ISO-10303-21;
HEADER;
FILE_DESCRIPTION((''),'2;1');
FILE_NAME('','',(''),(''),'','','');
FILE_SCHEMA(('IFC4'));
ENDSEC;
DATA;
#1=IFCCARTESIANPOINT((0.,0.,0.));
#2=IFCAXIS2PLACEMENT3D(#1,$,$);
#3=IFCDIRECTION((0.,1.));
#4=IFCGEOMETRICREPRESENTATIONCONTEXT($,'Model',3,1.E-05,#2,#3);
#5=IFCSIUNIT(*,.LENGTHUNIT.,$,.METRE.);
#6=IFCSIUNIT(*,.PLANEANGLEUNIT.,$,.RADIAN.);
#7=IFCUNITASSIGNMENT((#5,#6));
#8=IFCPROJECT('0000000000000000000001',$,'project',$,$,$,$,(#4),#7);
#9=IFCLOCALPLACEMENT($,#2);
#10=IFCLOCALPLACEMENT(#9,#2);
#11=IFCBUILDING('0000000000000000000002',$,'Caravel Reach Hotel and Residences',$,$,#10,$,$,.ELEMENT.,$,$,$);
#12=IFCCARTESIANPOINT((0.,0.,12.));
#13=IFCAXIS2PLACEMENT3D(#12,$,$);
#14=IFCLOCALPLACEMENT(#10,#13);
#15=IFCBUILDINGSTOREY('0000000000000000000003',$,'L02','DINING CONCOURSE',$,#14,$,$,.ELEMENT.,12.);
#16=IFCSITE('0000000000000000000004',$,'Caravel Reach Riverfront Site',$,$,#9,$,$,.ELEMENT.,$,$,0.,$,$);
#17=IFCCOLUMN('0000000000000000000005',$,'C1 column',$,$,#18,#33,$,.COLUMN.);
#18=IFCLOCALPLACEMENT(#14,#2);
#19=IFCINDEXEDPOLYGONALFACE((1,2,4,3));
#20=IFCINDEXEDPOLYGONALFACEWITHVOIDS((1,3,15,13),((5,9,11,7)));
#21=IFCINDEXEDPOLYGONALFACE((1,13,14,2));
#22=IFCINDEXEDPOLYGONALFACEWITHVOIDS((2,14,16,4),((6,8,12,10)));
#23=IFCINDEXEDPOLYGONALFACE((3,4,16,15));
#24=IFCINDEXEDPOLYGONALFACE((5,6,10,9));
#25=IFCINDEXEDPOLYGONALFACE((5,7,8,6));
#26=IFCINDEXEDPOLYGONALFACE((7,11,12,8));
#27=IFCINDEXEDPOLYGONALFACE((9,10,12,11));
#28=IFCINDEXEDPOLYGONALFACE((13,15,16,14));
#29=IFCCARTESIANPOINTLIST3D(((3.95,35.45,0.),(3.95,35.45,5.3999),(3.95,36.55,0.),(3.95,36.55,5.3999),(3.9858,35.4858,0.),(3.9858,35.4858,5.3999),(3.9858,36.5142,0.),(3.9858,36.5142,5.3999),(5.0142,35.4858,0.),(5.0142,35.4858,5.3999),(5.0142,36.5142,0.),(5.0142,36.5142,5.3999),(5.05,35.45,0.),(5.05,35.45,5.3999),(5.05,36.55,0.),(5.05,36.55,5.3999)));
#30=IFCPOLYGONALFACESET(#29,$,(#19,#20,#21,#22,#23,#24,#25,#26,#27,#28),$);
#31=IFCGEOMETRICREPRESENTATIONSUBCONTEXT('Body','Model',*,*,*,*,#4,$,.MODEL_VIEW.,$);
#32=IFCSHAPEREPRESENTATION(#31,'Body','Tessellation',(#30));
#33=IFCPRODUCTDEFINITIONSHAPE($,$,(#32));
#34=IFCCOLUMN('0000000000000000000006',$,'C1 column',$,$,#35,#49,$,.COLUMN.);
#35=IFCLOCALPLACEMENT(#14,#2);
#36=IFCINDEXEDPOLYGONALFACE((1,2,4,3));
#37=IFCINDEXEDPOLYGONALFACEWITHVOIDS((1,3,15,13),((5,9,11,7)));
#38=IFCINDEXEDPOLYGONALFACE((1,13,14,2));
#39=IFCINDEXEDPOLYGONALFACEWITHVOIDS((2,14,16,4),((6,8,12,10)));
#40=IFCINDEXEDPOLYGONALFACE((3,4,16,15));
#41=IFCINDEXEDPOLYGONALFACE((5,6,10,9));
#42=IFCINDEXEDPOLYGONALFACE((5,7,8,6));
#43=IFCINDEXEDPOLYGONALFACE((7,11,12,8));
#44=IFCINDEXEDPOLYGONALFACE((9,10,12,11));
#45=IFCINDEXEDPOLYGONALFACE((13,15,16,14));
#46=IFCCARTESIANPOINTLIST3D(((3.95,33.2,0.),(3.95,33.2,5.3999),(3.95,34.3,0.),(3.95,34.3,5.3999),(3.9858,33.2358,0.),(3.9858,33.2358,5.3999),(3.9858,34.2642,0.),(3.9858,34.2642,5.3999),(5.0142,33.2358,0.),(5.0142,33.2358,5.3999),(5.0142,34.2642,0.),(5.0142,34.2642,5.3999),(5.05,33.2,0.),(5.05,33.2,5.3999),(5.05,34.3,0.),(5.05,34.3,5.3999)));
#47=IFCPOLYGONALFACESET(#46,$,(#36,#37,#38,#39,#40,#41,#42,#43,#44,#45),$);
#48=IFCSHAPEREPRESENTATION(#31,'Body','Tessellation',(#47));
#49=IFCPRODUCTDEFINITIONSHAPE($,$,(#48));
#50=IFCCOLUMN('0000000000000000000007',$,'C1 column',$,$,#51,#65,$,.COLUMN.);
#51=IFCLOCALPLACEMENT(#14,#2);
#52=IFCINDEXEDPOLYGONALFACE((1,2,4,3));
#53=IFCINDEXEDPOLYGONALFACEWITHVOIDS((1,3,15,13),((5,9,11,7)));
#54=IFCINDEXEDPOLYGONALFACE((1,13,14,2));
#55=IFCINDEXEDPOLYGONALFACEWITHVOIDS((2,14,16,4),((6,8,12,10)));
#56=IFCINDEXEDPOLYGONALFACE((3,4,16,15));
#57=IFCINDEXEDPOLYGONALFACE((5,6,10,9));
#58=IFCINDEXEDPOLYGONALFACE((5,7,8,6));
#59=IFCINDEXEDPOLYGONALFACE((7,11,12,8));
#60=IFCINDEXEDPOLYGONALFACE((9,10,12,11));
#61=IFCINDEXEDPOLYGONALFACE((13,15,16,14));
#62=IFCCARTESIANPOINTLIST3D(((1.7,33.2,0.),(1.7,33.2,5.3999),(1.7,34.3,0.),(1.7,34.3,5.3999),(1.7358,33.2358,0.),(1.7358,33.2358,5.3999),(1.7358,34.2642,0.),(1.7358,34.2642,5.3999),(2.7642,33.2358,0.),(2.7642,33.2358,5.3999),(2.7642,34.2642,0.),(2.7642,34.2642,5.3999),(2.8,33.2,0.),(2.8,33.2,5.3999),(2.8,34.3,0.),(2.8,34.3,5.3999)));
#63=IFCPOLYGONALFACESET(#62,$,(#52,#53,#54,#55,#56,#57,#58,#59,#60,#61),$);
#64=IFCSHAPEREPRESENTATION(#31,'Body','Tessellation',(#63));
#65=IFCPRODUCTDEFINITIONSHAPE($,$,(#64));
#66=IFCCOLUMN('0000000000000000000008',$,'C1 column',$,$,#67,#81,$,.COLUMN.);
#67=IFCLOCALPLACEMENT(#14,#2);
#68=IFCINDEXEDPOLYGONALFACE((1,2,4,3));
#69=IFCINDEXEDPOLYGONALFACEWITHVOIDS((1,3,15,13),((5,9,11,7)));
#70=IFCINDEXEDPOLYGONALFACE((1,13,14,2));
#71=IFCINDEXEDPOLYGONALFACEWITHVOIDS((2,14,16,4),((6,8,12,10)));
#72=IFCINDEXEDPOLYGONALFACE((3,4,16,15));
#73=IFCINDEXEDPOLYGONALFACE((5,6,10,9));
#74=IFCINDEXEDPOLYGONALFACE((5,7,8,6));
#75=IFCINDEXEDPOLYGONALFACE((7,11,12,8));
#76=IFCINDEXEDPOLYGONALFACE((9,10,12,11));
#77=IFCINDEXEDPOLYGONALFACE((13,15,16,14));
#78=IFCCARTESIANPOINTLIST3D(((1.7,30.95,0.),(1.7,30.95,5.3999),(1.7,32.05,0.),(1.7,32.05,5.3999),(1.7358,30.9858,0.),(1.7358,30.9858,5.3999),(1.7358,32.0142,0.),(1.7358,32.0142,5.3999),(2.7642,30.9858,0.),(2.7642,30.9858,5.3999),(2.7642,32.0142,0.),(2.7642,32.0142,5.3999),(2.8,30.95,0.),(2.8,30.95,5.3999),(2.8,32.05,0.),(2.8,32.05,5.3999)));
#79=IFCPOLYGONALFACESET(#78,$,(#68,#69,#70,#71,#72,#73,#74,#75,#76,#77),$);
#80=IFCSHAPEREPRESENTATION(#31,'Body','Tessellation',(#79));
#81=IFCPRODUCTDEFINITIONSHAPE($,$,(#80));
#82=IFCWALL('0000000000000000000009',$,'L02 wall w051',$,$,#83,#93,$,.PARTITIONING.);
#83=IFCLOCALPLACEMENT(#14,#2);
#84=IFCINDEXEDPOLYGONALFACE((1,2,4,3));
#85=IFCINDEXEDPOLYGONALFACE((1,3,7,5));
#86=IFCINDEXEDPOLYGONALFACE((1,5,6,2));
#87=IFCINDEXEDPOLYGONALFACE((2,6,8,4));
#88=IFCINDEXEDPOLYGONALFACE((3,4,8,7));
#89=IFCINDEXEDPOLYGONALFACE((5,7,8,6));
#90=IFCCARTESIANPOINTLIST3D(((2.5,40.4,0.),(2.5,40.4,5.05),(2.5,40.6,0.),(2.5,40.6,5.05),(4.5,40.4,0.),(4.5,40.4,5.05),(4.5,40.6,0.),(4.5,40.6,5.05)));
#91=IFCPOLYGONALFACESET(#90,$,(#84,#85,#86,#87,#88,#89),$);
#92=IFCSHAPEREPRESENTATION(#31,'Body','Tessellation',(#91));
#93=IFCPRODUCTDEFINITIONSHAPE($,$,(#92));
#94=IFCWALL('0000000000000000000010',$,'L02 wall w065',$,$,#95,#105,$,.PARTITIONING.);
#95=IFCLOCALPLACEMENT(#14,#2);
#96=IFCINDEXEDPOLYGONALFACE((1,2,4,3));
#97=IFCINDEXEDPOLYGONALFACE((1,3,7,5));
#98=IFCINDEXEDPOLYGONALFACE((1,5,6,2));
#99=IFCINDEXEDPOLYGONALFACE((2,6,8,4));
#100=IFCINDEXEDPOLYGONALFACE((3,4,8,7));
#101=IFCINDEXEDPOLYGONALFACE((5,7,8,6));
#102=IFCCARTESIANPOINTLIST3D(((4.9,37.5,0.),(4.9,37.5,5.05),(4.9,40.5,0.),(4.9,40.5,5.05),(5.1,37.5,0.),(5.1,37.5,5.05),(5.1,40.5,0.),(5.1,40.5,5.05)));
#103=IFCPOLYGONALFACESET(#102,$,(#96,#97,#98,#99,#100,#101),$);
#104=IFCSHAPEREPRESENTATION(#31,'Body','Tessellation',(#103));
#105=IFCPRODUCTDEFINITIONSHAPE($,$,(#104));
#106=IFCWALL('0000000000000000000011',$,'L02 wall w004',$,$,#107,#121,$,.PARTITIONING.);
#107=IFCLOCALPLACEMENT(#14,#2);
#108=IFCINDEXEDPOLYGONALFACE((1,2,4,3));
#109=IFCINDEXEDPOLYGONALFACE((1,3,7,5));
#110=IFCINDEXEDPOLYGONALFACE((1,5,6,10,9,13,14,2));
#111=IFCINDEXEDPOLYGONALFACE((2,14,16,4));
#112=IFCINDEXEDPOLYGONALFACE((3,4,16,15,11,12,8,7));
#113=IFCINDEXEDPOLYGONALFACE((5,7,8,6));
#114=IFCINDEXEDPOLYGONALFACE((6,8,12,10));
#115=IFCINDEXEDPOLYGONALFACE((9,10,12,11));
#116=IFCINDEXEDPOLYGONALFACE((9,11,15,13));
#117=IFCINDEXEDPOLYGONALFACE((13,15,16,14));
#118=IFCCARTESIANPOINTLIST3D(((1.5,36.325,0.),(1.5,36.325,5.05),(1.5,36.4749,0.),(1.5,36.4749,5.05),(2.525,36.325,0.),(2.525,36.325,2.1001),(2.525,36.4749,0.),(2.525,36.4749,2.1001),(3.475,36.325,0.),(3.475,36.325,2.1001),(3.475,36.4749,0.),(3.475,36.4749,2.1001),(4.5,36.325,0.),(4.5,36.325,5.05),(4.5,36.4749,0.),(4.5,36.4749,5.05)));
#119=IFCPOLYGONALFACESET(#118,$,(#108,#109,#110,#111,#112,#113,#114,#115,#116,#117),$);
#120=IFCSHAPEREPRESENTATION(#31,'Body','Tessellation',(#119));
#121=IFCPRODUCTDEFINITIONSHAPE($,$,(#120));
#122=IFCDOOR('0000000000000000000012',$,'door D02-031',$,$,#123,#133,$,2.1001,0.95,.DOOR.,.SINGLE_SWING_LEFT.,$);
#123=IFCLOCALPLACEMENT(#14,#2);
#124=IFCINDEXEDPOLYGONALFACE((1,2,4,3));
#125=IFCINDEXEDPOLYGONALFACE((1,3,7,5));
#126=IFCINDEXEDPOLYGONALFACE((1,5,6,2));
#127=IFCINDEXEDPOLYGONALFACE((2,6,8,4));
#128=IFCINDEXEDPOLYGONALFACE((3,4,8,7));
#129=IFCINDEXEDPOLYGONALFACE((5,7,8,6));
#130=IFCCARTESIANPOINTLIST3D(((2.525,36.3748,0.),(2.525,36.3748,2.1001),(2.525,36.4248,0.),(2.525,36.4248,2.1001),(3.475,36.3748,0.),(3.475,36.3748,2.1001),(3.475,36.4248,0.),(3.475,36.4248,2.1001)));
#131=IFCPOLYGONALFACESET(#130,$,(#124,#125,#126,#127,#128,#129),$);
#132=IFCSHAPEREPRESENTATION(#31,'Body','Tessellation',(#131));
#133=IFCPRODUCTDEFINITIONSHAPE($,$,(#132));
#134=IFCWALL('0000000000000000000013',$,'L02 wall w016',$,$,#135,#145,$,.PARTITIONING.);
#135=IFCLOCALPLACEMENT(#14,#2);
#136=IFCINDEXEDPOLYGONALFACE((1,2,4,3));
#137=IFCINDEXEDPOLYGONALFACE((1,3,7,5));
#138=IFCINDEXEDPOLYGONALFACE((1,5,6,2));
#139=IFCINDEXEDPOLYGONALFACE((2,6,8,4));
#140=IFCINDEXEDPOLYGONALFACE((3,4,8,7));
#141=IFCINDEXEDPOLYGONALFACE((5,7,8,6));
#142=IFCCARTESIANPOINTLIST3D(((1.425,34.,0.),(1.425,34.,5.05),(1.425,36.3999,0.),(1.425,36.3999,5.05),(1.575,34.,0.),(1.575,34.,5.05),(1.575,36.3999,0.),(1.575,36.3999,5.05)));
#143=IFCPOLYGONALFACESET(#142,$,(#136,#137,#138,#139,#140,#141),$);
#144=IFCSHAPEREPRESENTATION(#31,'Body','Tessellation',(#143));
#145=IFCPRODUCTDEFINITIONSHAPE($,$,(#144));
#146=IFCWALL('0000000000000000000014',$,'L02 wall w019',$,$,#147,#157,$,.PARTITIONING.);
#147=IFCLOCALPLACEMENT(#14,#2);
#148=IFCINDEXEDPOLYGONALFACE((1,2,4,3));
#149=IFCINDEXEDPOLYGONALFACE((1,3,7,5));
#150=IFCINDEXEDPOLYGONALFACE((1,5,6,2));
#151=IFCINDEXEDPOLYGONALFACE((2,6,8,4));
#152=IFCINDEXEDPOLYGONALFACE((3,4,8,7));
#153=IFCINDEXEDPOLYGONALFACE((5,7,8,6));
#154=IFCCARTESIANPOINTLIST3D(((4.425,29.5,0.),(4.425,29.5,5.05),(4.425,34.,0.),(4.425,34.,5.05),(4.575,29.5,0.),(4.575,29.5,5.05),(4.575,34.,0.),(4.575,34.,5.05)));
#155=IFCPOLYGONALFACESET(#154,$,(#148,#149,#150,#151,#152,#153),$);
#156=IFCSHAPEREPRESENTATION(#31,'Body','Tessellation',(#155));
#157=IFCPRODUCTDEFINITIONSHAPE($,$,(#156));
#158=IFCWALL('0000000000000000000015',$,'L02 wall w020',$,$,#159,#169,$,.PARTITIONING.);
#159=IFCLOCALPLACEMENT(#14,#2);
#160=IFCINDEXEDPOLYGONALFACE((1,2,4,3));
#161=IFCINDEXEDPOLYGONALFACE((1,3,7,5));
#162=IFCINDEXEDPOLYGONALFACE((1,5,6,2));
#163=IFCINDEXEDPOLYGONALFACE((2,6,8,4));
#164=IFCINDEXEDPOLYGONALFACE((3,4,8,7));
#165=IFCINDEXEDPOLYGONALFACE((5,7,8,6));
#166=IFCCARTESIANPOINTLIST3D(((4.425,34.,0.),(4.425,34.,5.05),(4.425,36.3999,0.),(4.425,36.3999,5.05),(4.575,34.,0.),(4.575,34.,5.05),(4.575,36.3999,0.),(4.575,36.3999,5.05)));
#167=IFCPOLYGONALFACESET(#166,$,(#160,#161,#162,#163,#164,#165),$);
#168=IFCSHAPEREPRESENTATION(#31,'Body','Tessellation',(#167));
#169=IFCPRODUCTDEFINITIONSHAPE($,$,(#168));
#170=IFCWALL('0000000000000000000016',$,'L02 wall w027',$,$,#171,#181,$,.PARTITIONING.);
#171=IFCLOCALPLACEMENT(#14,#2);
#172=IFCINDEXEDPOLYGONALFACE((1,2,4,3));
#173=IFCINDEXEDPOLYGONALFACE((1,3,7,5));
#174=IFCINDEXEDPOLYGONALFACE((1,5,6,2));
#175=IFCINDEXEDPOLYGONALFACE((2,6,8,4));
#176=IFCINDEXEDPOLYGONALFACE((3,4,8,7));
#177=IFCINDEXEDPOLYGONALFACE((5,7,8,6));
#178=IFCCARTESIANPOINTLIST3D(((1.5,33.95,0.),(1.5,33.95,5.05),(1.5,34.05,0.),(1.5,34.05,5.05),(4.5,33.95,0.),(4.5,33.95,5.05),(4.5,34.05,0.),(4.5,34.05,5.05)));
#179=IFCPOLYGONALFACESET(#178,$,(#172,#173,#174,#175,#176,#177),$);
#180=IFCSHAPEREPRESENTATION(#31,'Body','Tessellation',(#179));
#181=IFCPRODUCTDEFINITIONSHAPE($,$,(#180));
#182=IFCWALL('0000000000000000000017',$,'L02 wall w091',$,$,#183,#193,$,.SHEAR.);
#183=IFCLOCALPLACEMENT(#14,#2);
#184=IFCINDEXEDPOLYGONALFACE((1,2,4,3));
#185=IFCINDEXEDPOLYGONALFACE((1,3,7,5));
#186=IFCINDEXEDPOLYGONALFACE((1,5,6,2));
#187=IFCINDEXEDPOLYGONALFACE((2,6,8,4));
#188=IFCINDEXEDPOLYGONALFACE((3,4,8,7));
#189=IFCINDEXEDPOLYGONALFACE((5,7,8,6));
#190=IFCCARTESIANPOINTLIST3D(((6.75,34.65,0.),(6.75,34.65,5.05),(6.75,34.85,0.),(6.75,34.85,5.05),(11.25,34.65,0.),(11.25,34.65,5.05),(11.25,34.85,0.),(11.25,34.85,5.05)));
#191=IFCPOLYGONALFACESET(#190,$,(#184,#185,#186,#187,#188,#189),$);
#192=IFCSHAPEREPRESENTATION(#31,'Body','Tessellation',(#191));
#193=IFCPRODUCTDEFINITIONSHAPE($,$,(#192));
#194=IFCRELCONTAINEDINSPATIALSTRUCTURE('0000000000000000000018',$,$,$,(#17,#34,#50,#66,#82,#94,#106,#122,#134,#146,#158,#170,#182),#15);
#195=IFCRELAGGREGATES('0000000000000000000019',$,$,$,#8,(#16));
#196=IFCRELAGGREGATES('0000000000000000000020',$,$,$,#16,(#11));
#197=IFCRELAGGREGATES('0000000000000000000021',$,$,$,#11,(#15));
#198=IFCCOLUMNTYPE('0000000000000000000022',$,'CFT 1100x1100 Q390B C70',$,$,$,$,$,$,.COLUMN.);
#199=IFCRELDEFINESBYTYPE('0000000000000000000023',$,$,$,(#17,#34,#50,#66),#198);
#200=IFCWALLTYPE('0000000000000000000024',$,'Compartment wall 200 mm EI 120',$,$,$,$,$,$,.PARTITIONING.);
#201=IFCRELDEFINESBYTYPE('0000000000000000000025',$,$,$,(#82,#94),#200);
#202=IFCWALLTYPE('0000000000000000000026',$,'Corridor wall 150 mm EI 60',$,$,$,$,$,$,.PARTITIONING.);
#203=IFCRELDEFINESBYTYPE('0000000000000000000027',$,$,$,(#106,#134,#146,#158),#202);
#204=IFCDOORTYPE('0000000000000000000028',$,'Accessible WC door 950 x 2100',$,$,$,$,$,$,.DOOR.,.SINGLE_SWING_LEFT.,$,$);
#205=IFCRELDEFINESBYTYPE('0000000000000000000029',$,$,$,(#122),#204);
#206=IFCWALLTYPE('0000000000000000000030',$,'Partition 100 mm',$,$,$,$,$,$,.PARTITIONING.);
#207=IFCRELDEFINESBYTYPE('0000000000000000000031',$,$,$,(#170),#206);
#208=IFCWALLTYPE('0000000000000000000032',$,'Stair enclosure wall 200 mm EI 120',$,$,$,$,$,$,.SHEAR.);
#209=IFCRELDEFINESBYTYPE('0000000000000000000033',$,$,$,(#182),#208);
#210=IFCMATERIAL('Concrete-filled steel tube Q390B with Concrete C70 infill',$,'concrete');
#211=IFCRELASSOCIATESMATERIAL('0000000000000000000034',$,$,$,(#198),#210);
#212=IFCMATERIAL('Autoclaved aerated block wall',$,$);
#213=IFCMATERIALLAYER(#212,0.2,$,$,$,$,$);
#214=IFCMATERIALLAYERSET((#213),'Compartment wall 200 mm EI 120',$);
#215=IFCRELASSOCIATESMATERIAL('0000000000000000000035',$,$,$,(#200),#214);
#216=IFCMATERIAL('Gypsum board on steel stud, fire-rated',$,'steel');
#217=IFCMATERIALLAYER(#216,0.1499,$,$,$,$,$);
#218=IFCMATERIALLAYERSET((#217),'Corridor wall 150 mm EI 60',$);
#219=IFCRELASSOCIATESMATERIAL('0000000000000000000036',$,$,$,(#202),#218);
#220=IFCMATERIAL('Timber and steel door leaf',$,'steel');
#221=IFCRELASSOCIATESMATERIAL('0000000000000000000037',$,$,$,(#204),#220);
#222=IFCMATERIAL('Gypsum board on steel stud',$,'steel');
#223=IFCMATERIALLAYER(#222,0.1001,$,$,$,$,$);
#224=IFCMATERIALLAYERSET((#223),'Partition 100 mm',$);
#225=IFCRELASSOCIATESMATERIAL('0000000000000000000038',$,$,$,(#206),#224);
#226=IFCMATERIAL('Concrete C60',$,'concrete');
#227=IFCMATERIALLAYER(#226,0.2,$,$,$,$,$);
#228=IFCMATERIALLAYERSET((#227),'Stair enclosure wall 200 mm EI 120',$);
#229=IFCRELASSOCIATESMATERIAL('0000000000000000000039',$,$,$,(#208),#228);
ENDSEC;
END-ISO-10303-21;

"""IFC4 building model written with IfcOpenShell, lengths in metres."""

from ifc_helpers import new_model, si_unit, direction, frame, frame_2d, origin, origin_2d, place, context, subcontext, project, spatial, rectangle, hollow_rectangle, extrude, material, layer, layer_set, material_profile, profile_set, type_object, element, fill, save


model = new_model("IFC4")

# Units and contexts
model_context = context("Model", 3, precision=1e-05, world=origin(), true_north=direction((0.0, 1.0)))
body_context = subcontext(model_context, "Body", "Model", "MODEL_VIEW")
ifc_project = project(units=[si_unit("LENGTHUNIT", "METRE"), si_unit("PLANEANGLEUNIT", "RADIAN")], contexts=[model_context])

# Site, building, storey
site_placement = place(None, origin())
site = spatial("IfcSite", under=ifc_project, at=site_placement, Name="Caravel Reach Riverfront Site", CompositionType="ELEMENT", RefElevation=0.0)
building_placement = place(site_placement, origin())
building = spatial("IfcBuilding", under=site, at=building_placement, Name="Caravel Reach Hotel and Residences", CompositionType="ELEMENT")
storey_placement = place(building_placement, frame((0.0, 0.0, 12.0)))
storey = spatial("IfcBuildingStorey", under=building, at=storey_placement, Name="L02", Description="DINING CONCOURSE", CompositionType="ELEMENT", Elevation=12.0)

# Columns
ifc_material_1 = material(Name="Concrete-filled steel tube Q390B with Concrete C70 infill", Category="concrete")
ifc_material_profile = material_profile(ifc_material_1, hollow_rectangle(XDim=1.1001, YDim=1.1001, WallThickness=0.0359, at=origin_2d()), Name="RHS 1100x1100x36")
ifc_profile_set = profile_set([ifc_material_profile], Name="Concrete-filled steel tube Q390B with Concrete C70 infill")
column_type = type_object("IfcColumnType", Name="CFT 1100x1100 Q390B C70", PredefinedType="COLUMN", material=ifc_profile_set)
for number, where, z_axis, x_axis, name in (
    (1, (4.5, 36.0, 0.0), (0.0, 0.0, 1.0), (1.0, 0.0, 0.0), "C1 column"),
    (2, (4.5, 33.75, 0.0), (0.0, 0.0, 1.0), (1.0, 0.0, 0.0), "C1 column"),
    (3, (2.25, 33.75, 0.0), (0.0, 0.0, 1.0), (1.0, 0.0, 0.0), "C1 column"),
    (4, (2.25, 31.5, 0.0), (0.0, 0.0, 1.0), (1.0, 0.0, 0.0), "C1 column"),
):
    element("IfcColumn", number, at=place(storey_placement, frame(where, z_axis=z_axis, x_axis=x_axis)), inside=storey, type_object=column_type, Name=name, PredefinedType="COLUMN", context=body_context, shape_type="SweptSolid", body=[
        extrude(hollow_rectangle(XDim=1.1001, YDim=1.1001, WallThickness=0.0359, at=origin_2d()), origin(), (0.0, 0.0, 1.0), 5.3999),
    ])

# Walls
ifc_material_2 = material(Name="Autoclaved aerated block wall")
ifc_layer_1 = layer(ifc_material_2, 0.2)
ifc_layer_set_1 = layer_set([ifc_layer_1], Name="Compartment wall 200 mm EI 120")
wall_type_1 = type_object("IfcWallType", Name="Compartment wall 200 mm EI 120", PredefinedType="PARTITIONING", material=ifc_layer_set_1)
wall_1_placement = place(storey_placement, frame((2.5, 40.5, 0.0), z_axis=(0.0, 0.0, 1.0), x_axis=(1.0, 0.0, 0.0)))
element("IfcWall", 5, at=wall_1_placement, inside=storey, type_object=wall_type_1, Name="L02 wall w051", PredefinedType="PARTITIONING", context=body_context, shape_type="SweptSolid", body=[
    extrude(rectangle(XDim=2.0, YDim=0.2, at=frame_2d((1.0, 0.0))), origin(), (0.0, 0.0, 1.0), 5.05),
])
wall_2_placement = place(storey_placement, frame((5.0, 37.5, 0.0), z_axis=(0.0, 0.0, 1.0), x_axis=(0.0, 1.0, 0.0)))
element("IfcWall", 6, at=wall_2_placement, inside=storey, type_object=wall_type_1, Name="L02 wall w065", PredefinedType="PARTITIONING", context=body_context, shape_type="SweptSolid", body=[
    extrude(rectangle(XDim=3.0, YDim=0.2, at=frame_2d((1.5, 0.0))), origin(), (0.0, 0.0, 1.0), 5.05),
])

# Wall, opening, door
ifc_material_3 = material(Name="Gypsum board on steel stud, fire-rated", Category="steel")
ifc_layer_2 = layer(ifc_material_3, 0.1499)
ifc_layer_set_2 = layer_set([ifc_layer_2], Name="Corridor wall 150 mm EI 60")
wall_type_2 = type_object("IfcWallType", Name="Corridor wall 150 mm EI 60", PredefinedType="PARTITIONING", material=ifc_layer_set_2)
wall_3_placement = place(storey_placement, frame((1.5, 36.3999, 0.0), z_axis=(0.0, 0.0, 1.0), x_axis=(1.0, 0.0, 0.0)))
wall_3 = element("IfcWall", 7, at=wall_3_placement, inside=storey, type_object=wall_type_2, Name="L02 wall w004", PredefinedType="PARTITIONING", context=body_context, shape_type="SweptSolid", body=[
    extrude(rectangle(XDim=3.0, YDim=0.1499, at=frame_2d((1.5, 0.0))), origin(), (0.0, 0.0, 1.0), 5.05),
])
opening_placement = place(wall_3_placement, frame((1.0249, 0.0, 0.0)))
opening = element("IfcOpeningElement", 8, at=opening_placement, cuts=wall_3, PredefinedType="OPENING", context=body_context, shape_type="SweptSolid", body=[
    extrude(rectangle(XDim=0.95, YDim=2.1001, at=frame_2d((0.4751, 1.05))), frame((0.0, 0.085, 0.0), z_axis=(0.0, -1.0, 0.0), x_axis=(1.0, 0.0, 0.0)), (0.0, 0.0, 1.0), 0.1699),
])
ifc_material_4 = material(Name="Timber and steel door leaf", Category="steel")
door_type = type_object("IfcDoorType", Name="Accessible WC door 950 x 2100", OperationType="SINGLE_SWING_LEFT", PredefinedType="DOOR", material=ifc_material_4)
door_placement = place(opening_placement, origin())
door = element("IfcDoor", 9, at=door_placement, inside=storey, type_object=door_type, Name="door D02-031", OperationType="SINGLE_SWING_LEFT", OverallHeight=2.1001, OverallWidth=0.95, PredefinedType="DOOR", context=body_context, shape_type="SweptSolid", body=[
    extrude(rectangle(XDim=0.95, YDim=2.1001, at=frame_2d((0.4751, 1.05))), frame((0.0, 0.0249, 0.0), z_axis=(0.0, -1.0, 0.0), x_axis=(1.0, 0.0, 0.0)), (0.0, 0.0, 1.0), 0.05),
])
fill(opening, door)

# Walls
wall_4_placement = place(storey_placement, frame((1.5, 34.0, 0.0), z_axis=(0.0, 0.0, 1.0), x_axis=(0.0, 1.0, 0.0)))
element("IfcWall", 10, at=wall_4_placement, inside=storey, type_object=wall_type_2, Name="L02 wall w016", PredefinedType="PARTITIONING", context=body_context, shape_type="SweptSolid", body=[
    extrude(rectangle(XDim=2.3999, YDim=0.1499, at=frame_2d((1.2, 0.0))), origin(), (0.0, 0.0, 1.0), 5.05),
])
wall_5_placement = place(storey_placement, frame((4.5, 29.5, 0.0), z_axis=(0.0, 0.0, 1.0), x_axis=(0.0, 1.0, 0.0)))
element("IfcWall", 11, at=wall_5_placement, inside=storey, type_object=wall_type_2, Name="L02 wall w019", PredefinedType="PARTITIONING", context=body_context, shape_type="SweptSolid", body=[
    extrude(rectangle(XDim=4.5, YDim=0.1499, at=frame_2d((2.25, 0.0))), origin(), (0.0, 0.0, 1.0), 5.05),
])
wall_6_placement = place(storey_placement, frame((4.5, 34.0, 0.0), z_axis=(0.0, 0.0, 1.0), x_axis=(0.0, 1.0, 0.0)))
element("IfcWall", 12, at=wall_6_placement, inside=storey, type_object=wall_type_2, Name="L02 wall w020", PredefinedType="PARTITIONING", context=body_context, shape_type="SweptSolid", body=[
    extrude(rectangle(XDim=2.3999, YDim=0.1499, at=frame_2d((1.2, 0.0))), origin(), (0.0, 0.0, 1.0), 5.05),
])
ifc_material_5 = material(Name="Gypsum board on steel stud", Category="steel")
ifc_layer_3 = layer(ifc_material_5, 0.1001)
ifc_layer_set_3 = layer_set([ifc_layer_3], Name="Partition 100 mm")
wall_type_3 = type_object("IfcWallType", Name="Partition 100 mm", PredefinedType="PARTITIONING", material=ifc_layer_set_3)
wall_7_placement = place(storey_placement, frame((1.5, 34.0, 0.0), z_axis=(0.0, 0.0, 1.0), x_axis=(1.0, 0.0, 0.0)))
element("IfcWall", 13, at=wall_7_placement, inside=storey, type_object=wall_type_3, Name="L02 wall w027", PredefinedType="PARTITIONING", context=body_context, shape_type="SweptSolid", body=[
    extrude(rectangle(XDim=3.0, YDim=0.1001, at=frame_2d((1.5, 0.0))), origin(), (0.0, 0.0, 1.0), 5.05),
])
ifc_material_6 = material(Name="Concrete C60", Category="concrete")
ifc_layer_4 = layer(ifc_material_6, 0.2)
ifc_layer_set_4 = layer_set([ifc_layer_4], Name="Stair enclosure wall 200 mm EI 120")
wall_type_4 = type_object("IfcWallType", Name="Stair enclosure wall 200 mm EI 120", PredefinedType="SHEAR", material=ifc_layer_set_4)
wall_8_placement = place(storey_placement, frame((6.75, 34.75, 0.0), z_axis=(0.0, 0.0, 1.0), x_axis=(1.0, 0.0, 0.0)))
element("IfcWall", 14, at=wall_8_placement, inside=storey, type_object=wall_type_4, Name="L02 wall w091", PredefinedType="SHEAR", context=body_context, shape_type="SweptSolid", body=[
    extrude(rectangle(XDim=4.5, YDim=0.2, at=frame_2d((2.25, 0.0))), origin(), (0.0, 0.0, 1.0), 5.05),
])

save(model, "model.ifc")
